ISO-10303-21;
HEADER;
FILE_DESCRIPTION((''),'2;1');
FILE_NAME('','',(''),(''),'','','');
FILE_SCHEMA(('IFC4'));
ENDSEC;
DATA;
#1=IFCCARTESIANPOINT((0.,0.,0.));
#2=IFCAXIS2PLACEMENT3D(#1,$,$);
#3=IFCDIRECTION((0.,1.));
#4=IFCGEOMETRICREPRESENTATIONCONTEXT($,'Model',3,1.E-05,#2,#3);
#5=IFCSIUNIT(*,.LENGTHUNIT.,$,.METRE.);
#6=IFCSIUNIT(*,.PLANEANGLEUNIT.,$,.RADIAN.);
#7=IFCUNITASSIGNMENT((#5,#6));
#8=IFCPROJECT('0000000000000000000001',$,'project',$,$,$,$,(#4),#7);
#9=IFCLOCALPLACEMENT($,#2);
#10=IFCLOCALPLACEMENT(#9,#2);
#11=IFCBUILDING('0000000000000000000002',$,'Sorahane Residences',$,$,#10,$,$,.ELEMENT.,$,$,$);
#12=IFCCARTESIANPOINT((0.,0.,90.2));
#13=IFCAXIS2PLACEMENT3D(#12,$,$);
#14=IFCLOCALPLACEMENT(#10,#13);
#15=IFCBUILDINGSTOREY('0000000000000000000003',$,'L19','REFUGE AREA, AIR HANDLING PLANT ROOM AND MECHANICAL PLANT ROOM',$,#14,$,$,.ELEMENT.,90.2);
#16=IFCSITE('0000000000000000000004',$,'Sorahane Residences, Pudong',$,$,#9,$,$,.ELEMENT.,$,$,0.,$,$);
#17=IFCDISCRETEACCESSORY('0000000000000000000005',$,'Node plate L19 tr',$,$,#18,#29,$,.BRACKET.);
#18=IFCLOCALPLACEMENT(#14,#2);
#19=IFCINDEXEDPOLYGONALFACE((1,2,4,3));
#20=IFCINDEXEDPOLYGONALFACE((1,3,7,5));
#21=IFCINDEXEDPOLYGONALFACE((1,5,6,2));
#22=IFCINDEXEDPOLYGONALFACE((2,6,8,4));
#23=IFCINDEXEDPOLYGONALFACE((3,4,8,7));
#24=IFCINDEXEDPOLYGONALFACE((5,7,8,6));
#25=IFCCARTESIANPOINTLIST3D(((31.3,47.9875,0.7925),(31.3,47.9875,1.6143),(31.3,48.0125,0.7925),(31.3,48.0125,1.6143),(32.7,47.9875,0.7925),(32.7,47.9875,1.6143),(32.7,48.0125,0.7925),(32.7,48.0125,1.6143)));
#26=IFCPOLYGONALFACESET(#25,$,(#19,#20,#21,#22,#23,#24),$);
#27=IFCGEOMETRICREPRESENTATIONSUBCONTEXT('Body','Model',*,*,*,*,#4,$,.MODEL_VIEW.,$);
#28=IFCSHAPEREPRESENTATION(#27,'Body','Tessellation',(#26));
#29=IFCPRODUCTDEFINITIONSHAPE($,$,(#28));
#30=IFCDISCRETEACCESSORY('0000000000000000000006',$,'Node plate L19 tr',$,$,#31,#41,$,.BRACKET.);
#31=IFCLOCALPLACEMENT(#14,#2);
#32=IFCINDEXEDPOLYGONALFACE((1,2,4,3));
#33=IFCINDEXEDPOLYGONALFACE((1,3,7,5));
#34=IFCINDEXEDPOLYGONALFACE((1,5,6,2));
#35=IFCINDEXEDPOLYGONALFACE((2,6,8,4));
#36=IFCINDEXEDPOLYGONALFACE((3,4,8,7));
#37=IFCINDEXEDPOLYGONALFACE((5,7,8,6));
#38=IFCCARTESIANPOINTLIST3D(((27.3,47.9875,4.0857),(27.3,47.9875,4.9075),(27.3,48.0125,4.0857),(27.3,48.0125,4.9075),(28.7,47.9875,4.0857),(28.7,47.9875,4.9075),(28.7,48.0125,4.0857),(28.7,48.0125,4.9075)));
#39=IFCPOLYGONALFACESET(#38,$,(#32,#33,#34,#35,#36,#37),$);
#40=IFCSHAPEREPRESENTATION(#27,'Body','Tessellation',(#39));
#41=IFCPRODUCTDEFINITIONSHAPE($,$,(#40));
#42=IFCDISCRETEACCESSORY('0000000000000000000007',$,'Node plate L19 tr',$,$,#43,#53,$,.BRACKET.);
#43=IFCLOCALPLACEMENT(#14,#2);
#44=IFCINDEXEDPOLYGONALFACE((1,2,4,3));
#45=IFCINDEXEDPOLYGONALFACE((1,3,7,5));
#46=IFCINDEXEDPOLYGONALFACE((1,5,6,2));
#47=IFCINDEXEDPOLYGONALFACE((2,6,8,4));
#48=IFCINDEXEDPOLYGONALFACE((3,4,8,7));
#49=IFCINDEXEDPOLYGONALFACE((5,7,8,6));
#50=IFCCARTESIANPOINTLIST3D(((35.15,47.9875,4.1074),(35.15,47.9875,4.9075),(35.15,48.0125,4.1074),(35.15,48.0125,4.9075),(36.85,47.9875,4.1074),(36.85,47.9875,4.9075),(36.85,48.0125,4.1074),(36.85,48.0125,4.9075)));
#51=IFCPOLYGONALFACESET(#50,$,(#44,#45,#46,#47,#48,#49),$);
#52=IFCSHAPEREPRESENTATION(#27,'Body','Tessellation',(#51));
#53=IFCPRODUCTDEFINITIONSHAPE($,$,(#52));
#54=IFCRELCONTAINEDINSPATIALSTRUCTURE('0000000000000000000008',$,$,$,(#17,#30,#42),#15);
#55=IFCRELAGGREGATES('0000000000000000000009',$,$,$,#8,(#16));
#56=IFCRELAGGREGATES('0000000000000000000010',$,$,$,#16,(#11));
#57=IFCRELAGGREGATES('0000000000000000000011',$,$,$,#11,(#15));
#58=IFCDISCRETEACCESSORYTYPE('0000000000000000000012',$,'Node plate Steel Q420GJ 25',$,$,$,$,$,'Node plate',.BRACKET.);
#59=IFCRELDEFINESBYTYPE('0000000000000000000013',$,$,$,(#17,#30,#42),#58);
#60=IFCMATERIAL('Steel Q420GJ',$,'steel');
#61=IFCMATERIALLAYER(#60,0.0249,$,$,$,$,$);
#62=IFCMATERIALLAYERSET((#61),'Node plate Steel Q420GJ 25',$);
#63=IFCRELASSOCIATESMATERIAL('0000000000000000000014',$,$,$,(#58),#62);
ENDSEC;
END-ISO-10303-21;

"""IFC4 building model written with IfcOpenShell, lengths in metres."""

from ifc_helpers import new_model, si_unit, direction, frame, origin, origin_2d, place, context, subcontext, project, spatial, rectangle, extrude, material, layer, layer_set, type_object, element, save


model = new_model("IFC4")

# Units and contexts
model_context = context("Model", 3, precision=1e-05, world=origin(), true_north=direction((0.0, 1.0)))
body_context = subcontext(model_context, "Body", "Model", "MODEL_VIEW")
ifc_project = project(units=[si_unit("LENGTHUNIT", "METRE"), si_unit("PLANEANGLEUNIT", "RADIAN")], contexts=[model_context])

# Site, building, storey
site_placement = place(None, origin())
site = spatial("IfcSite", under=ifc_project, at=site_placement, Name="Sorahane Residences, Pudong", CompositionType="ELEMENT", RefElevation=0.0)
building_placement = place(site_placement, origin())
building = spatial("IfcBuilding", under=site, at=building_placement, Name="Sorahane Residences", CompositionType="ELEMENT")
storey_placement = place(building_placement, frame((0.0, 0.0, 90.2)))
storey = spatial("IfcBuildingStorey", under=building, at=storey_placement, Name="L19", Description="REFUGE AREA, AIR HANDLING PLANT ROOM AND MECHANICAL PLANT ROOM", CompositionType="ELEMENT", Elevation=90.2)

# Discrete accessories
ifc_material_1 = material(Name="Steel Q420GJ", Category="steel")
ifc_layer_1 = layer(ifc_material_1, 0.0249)
ifc_layer_set_1 = layer_set([ifc_layer_1], Name="Node plate Steel Q420GJ 25")
discrete_accessory_type_1 = type_object("IfcDiscreteAccessoryType", Name="Node plate Steel Q420GJ 25", ElementType="Node plate", PredefinedType="BRACKET", material=ifc_layer_set_1)
for number, where, z_axis, x_axis, name in (
    (1, (32.0, 48.0, 0.7925), (0.0, 0.0, 1.0), (1.0, 0.0, 0.0), "Node plate L19 tr"),
    (2, (28.0, 48.0, 4.0857), (0.0, 0.0, 1.0), (1.0, 0.0, 0.0), "Node plate L19 tr"),
):
    element("IfcDiscreteAccessory", number, at=place(storey_placement, frame(where, z_axis=z_axis, x_axis=x_axis)), inside=storey, type_object=discrete_accessory_type_1, Name=name, PredefinedType="BRACKET", context=body_context, shape_type="SweptSolid", body=[
        extrude(rectangle(XDim=1.3999, YDim=0.0249, at=origin_2d()), origin(), (0.0, 0.0, 1.0), 0.8218),
    ])
discrete_accessory_placement = place(storey_placement, frame((36.0, 48.0, 4.1074), z_axis=(0.0, 0.0, 1.0), x_axis=(1.0, 0.0, 0.0)))
element("IfcDiscreteAccessory", 3, at=discrete_accessory_placement, inside=storey, type_object=discrete_accessory_type_1, Name="Node plate L19 tr", PredefinedType="BRACKET", context=body_context, shape_type="SweptSolid", body=[
    extrude(rectangle(XDim=1.7, YDim=0.0249, at=origin_2d()), origin(), (0.0, 0.0, 1.0), 0.8),
])

save(model, "model.ifc")
